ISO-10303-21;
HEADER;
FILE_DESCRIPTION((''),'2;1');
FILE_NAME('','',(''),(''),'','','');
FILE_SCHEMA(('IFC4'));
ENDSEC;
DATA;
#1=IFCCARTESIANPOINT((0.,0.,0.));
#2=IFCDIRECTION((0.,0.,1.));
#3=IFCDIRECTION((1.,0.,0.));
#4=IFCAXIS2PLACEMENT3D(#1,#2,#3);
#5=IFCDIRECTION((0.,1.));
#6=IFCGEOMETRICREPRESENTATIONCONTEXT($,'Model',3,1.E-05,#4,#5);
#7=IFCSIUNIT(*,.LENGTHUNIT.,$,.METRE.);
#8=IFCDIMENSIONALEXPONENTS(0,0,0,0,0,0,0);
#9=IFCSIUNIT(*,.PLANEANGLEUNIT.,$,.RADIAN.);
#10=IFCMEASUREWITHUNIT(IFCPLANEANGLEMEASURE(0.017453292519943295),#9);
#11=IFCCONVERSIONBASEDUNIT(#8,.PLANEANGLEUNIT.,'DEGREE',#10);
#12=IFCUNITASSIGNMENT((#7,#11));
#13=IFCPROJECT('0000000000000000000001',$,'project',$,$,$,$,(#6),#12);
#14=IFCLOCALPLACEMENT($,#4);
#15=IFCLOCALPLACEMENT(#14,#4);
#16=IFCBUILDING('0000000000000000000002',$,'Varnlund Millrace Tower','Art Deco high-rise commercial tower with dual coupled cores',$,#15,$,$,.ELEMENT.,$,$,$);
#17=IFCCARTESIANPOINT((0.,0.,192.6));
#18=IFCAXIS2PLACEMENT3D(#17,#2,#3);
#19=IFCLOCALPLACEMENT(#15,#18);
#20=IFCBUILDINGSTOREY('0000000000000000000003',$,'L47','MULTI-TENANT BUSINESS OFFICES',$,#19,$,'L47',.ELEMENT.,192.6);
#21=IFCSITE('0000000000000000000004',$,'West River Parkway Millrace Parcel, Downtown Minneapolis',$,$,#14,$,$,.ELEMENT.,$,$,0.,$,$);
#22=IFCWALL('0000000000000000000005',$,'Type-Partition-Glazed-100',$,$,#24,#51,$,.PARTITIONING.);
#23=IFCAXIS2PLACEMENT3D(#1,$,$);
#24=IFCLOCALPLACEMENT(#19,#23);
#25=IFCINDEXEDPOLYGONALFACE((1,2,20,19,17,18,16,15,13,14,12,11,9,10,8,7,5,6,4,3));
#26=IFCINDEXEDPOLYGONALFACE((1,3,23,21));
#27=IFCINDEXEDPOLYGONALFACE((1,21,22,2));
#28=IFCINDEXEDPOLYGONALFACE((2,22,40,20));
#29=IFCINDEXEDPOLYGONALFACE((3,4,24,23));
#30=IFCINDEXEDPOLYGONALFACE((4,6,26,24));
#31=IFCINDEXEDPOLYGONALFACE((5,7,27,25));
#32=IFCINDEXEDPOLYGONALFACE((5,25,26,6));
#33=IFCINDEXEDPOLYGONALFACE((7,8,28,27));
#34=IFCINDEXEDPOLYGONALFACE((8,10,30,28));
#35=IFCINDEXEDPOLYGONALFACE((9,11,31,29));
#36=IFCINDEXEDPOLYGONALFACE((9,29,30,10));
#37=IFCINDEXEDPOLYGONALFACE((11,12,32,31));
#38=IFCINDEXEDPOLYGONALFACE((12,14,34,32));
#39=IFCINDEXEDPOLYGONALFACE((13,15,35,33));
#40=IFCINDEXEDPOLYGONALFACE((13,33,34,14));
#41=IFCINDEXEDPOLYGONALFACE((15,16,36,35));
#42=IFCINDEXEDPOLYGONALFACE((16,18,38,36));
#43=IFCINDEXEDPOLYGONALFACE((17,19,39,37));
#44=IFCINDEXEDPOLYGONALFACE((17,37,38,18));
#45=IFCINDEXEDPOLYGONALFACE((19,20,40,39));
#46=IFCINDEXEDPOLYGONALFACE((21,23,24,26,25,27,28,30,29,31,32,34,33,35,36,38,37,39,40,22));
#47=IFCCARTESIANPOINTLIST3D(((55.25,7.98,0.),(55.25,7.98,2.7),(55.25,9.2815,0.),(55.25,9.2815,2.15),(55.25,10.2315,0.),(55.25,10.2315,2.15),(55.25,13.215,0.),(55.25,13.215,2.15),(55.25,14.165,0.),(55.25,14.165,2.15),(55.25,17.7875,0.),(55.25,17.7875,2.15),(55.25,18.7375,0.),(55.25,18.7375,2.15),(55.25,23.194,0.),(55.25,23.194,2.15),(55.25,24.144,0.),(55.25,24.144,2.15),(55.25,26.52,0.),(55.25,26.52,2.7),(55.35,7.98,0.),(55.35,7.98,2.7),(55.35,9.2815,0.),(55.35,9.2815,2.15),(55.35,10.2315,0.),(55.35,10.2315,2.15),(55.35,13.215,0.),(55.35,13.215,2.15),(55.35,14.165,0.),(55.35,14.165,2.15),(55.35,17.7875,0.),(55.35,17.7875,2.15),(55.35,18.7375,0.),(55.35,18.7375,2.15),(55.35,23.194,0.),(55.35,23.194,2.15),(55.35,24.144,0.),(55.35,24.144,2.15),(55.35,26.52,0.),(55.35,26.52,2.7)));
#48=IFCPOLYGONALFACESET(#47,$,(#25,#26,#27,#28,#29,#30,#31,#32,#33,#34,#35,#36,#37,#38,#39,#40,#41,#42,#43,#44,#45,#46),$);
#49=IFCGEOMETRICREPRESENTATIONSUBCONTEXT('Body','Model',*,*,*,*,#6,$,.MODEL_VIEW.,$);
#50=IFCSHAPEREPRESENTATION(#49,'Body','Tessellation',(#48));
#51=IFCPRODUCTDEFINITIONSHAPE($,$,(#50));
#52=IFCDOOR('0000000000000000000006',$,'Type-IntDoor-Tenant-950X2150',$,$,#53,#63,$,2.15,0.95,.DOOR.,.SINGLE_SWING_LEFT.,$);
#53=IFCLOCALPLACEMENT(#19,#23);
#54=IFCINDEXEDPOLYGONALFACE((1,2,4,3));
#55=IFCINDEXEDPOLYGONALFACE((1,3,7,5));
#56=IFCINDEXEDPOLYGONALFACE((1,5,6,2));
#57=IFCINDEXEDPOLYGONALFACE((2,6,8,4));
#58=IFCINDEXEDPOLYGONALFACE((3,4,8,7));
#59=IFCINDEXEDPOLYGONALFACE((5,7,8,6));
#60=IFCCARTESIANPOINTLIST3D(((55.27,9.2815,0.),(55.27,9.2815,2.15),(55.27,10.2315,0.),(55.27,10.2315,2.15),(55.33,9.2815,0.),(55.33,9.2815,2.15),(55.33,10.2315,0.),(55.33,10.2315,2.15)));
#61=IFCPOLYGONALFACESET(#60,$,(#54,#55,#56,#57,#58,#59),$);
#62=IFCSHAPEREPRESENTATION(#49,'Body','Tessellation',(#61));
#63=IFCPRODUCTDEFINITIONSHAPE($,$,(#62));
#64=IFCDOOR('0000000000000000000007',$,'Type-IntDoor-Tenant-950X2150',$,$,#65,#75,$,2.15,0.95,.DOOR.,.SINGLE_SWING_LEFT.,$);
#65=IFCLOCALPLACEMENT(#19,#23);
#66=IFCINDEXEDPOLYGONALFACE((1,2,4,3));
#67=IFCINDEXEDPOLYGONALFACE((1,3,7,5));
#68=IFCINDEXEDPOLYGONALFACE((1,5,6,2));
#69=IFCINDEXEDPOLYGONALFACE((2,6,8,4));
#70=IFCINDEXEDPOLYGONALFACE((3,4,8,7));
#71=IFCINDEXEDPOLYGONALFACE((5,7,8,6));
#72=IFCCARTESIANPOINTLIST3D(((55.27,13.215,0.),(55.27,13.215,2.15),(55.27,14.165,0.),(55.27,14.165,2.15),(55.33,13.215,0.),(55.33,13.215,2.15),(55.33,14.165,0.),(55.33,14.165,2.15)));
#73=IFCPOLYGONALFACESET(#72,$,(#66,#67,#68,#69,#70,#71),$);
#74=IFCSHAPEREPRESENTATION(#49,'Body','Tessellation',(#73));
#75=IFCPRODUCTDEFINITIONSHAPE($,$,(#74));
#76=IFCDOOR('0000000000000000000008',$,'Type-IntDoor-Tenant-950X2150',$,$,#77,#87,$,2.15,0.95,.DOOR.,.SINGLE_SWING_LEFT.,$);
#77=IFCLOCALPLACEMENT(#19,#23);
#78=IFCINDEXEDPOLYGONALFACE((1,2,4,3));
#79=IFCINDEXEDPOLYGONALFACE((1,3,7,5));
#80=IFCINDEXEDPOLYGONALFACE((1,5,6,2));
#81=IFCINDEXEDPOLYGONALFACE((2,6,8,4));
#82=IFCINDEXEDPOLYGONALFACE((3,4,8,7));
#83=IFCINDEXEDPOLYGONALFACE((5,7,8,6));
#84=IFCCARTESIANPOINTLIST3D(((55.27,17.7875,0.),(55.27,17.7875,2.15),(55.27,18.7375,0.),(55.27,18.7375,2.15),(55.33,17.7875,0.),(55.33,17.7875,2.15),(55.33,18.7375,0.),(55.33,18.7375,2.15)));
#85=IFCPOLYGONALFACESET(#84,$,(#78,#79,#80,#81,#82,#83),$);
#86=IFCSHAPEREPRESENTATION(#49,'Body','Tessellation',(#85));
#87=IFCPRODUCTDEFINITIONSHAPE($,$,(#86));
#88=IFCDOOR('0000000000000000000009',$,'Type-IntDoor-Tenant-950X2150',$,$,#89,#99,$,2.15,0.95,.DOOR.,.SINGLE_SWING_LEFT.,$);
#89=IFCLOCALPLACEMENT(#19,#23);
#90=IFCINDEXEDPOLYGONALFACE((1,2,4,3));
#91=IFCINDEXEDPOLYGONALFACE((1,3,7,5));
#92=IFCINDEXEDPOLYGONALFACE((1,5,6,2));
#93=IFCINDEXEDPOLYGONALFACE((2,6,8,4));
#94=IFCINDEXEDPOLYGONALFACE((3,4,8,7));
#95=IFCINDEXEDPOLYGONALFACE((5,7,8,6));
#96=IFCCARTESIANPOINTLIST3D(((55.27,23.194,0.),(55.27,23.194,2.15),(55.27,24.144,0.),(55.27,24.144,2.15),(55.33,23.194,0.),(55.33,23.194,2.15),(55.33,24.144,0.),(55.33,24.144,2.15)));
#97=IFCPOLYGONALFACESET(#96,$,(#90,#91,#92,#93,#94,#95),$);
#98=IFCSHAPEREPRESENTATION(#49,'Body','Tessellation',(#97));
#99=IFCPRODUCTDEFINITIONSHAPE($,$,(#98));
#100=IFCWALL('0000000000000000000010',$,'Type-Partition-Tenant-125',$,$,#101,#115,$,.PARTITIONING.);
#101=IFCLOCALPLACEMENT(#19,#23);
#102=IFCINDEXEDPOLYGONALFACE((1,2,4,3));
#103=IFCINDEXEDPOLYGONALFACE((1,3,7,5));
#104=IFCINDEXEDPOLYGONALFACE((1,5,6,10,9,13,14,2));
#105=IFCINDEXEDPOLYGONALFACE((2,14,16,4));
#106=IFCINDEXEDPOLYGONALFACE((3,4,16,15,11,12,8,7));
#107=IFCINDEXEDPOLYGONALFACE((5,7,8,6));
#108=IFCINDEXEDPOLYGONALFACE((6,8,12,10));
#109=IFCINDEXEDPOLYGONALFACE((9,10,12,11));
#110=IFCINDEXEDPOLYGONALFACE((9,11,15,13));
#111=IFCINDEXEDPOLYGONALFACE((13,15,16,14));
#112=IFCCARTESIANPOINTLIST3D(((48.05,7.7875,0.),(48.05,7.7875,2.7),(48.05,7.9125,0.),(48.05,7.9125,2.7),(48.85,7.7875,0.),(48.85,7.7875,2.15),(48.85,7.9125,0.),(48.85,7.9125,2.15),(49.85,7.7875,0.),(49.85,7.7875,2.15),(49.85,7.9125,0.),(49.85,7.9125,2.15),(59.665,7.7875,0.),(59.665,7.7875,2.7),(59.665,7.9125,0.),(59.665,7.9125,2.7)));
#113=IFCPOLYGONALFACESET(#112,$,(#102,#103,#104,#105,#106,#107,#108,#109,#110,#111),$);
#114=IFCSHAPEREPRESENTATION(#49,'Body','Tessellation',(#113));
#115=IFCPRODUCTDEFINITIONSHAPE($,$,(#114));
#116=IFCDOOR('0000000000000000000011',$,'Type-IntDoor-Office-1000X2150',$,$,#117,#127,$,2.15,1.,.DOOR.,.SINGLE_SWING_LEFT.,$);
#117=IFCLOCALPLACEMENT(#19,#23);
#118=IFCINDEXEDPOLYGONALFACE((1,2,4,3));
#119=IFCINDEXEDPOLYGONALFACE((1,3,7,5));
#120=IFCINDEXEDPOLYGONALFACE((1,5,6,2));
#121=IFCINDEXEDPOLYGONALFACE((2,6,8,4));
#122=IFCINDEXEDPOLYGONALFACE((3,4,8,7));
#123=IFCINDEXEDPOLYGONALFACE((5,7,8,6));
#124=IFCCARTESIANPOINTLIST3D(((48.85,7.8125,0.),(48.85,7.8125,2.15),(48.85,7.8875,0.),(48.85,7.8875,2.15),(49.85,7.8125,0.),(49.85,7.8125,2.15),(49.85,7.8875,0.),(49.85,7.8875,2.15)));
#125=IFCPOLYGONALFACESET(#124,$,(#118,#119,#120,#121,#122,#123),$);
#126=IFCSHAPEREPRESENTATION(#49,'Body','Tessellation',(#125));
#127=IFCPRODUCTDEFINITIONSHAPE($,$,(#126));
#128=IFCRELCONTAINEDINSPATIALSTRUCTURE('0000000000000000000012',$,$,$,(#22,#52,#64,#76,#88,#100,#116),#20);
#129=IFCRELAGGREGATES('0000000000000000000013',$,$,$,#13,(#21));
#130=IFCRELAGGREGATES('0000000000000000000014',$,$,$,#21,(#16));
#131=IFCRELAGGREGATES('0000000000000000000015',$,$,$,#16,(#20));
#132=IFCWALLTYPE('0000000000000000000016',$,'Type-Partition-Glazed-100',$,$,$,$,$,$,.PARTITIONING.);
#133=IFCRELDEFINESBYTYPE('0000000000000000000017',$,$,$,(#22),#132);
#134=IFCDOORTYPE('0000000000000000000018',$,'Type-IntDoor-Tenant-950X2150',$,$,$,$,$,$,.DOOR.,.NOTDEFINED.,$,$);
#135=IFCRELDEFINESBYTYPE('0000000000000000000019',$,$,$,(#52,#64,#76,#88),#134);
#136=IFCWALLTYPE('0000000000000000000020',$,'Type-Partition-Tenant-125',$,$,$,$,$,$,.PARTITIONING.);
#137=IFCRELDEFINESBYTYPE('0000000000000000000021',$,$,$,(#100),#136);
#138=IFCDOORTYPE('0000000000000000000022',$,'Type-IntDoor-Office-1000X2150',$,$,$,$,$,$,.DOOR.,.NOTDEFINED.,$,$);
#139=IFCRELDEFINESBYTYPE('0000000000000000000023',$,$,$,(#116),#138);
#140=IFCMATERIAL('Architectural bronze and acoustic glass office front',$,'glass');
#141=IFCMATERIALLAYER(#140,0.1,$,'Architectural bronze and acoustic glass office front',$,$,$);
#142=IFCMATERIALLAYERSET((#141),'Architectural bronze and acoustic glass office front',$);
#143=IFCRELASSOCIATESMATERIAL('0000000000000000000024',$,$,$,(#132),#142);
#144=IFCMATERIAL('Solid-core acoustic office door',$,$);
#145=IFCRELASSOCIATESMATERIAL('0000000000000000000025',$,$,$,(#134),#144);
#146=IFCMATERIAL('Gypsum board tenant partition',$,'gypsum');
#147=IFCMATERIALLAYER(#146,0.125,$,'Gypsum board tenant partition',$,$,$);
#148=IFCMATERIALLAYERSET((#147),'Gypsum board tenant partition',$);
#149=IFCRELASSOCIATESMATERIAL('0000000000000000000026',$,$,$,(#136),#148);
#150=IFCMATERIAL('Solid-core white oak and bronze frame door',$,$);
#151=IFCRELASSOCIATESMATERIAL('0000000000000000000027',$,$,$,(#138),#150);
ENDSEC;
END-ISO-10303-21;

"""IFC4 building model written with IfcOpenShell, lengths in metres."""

from ifc_helpers import new_model, entity, si_unit, converted_unit, direction, frame, origin_with_axes, origin_2d_with_axis, place, context, subcontext, project, spatial, polyline, rectangle, outline, extrude, material, layer, layer_set, type_object, element, fill, save


model = new_model("IFC4")

# Units and contexts
model_context = context("Model", 3, precision=1e-05, world=origin_with_axes(), true_north=direction((0.0, 1.0)))
body_context = subcontext(model_context, "Body", "Model", "MODEL_VIEW")
ifc_project = project(units=[si_unit("LENGTHUNIT", "METRE"), converted_unit("PLANEANGLEUNIT", "DEGREE", entity("IfcPlaneAngleMeasure", 0.017453292519943295), si_unit("PLANEANGLEUNIT", "RADIAN"), dimensions=[0, 0, 0, 0, 0, 0, 0])], contexts=[model_context])

# Site, building, storey
site_placement = place(None, origin_with_axes())
site = spatial("IfcSite", under=ifc_project, at=site_placement, Name="West River Parkway Millrace Parcel, Downtown Minneapolis", CompositionType="ELEMENT", RefElevation=0.0)
building_placement = place(site_placement, origin_with_axes())
building = spatial("IfcBuilding", under=site, at=building_placement, Name="Varnlund Millrace Tower", Description="Art Deco high-rise commercial tower with dual coupled cores", CompositionType="ELEMENT")
storey_placement = place(building_placement, frame((0.0, 0.0, 192.6), z_axis=(0.0, 0.0, 1.0), x_axis=(1.0, 0.0, 0.0)))
storey = spatial("IfcBuildingStorey", under=building, at=storey_placement, Name="L47", Description="MULTI-TENANT BUSINESS OFFICES", LongName="L47", CompositionType="ELEMENT", Elevation=192.6)

# Wall, openings, doors
ifc_material_1 = material(Name="Architectural bronze and acoustic glass office front", Category="glass")
ifc_layer_1 = layer(ifc_material_1, 0.1, Name="Architectural bronze and acoustic glass office front")
ifc_layer_set_1 = layer_set([ifc_layer_1], Name="Architectural bronze and acoustic glass office front")
wall_type_1 = type_object("IfcWallType", Name="Type-Partition-Glazed-100", PredefinedType="PARTITIONING", material=ifc_layer_set_1)
wall_1_placement = place(storey_placement, frame((55.3, 7.98, 0.0), z_axis=(0.0, 0.0, 1.0), x_axis=(0.0, 1.0, 0.0)))
wall_1 = element("IfcWall", 1, at=wall_1_placement, inside=storey, type_object=wall_type_1, Name="Type-Partition-Glazed-100", PredefinedType="PARTITIONING", context=body_context, shape_type="SweptSolid", body=[
    extrude(outline(polyline([(0.0, -0.05), (18.54, -0.05), (18.54, 0.05), (0.0, 0.05), (0.0, -0.05)])), origin_with_axes(), (0.0, 0.0, 1.0), 2.7),
])
opening_1_placement = place(wall_1_placement, frame((1.7765, 0.0, 0.0), z_axis=(0.0, 0.0, 1.0), x_axis=(1.0, 0.0, 0.0)))
opening_1 = element("IfcOpeningElement", 2, at=opening_1_placement, cuts=wall_1, PredefinedType="OPENING", context=body_context, shape_type="SweptSolid", body=[
    extrude(rectangle(XDim=0.95, YDim=0.12, at=origin_2d_with_axis()), origin_with_axes(), (0.0, 0.0, 1.0), 2.15),
])
opening_2_placement = place(wall_1_placement, frame((5.71, 0.0, 0.0), z_axis=(0.0, 0.0, 1.0), x_axis=(1.0, 0.0, 0.0)))
opening_2 = element("IfcOpeningElement", 3, at=opening_2_placement, cuts=wall_1, PredefinedType="OPENING", context=body_context, shape_type="SweptSolid", body=[
    extrude(rectangle(XDim=0.95, YDim=0.12, at=origin_2d_with_axis()), origin_with_axes(), (0.0, 0.0, 1.0), 2.15),
])
opening_3_placement = place(wall_1_placement, frame((10.2825, 0.0, 0.0), z_axis=(0.0, 0.0, 1.0), x_axis=(1.0, 0.0, 0.0)))
opening_3 = element("IfcOpeningElement", 4, at=opening_3_placement, cuts=wall_1, PredefinedType="OPENING", context=body_context, shape_type="SweptSolid", body=[
    extrude(rectangle(XDim=0.95, YDim=0.12, at=origin_2d_with_axis()), origin_with_axes(), (0.0, 0.0, 1.0), 2.15),
])
opening_4_placement = place(wall_1_placement, frame((15.689, 0.0, 0.0), z_axis=(0.0, 0.0, 1.0), x_axis=(1.0, 0.0, 0.0)))
opening_4 = element("IfcOpeningElement", 5, at=opening_4_placement, cuts=wall_1, PredefinedType="OPENING", context=body_context, shape_type="SweptSolid", body=[
    extrude(rectangle(XDim=0.95, YDim=0.12, at=origin_2d_with_axis()), origin_with_axes(), (0.0, 0.0, 1.0), 2.15),
])
ifc_material_2 = material(Name="Solid-core acoustic office door")
door_type_1 = type_object("IfcDoorType", Name="Type-IntDoor-Tenant-950X2150", OperationType="NOTDEFINED", PredefinedType="DOOR", material=ifc_material_2)
door_1_placement = place(wall_1_placement, frame((1.7765, 0.0, 0.0), z_axis=(0.0, 0.0, 1.0), x_axis=(1.0, 0.0, 0.0)))
door_1 = element("IfcDoor", 6, at=door_1_placement, inside=storey, type_object=door_type_1, Name="Type-IntDoor-Tenant-950X2150", OperationType="SINGLE_SWING_LEFT", OverallHeight=2.15, OverallWidth=0.95, PredefinedType="DOOR", context=body_context, shape_type="SweptSolid", body=[
    extrude(rectangle(XDim=0.95, YDim=0.06, at=origin_2d_with_axis()), origin_with_axes(), (0.0, 0.0, 1.0), 2.15),
])
fill(opening_1, door_1)
door_2_placement = place(wall_1_placement, frame((5.71, 0.0, 0.0), z_axis=(0.0, 0.0, 1.0), x_axis=(1.0, 0.0, 0.0)))
door_2 = element("IfcDoor", 7, at=door_2_placement, inside=storey, type_object=door_type_1, Name="Type-IntDoor-Tenant-950X2150", OperationType="SINGLE_SWING_LEFT", OverallHeight=2.15, OverallWidth=0.95, PredefinedType="DOOR", context=body_context, shape_type="SweptSolid", body=[
    extrude(rectangle(XDim=0.95, YDim=0.06, at=origin_2d_with_axis()), origin_with_axes(), (0.0, 0.0, 1.0), 2.15),
])
fill(opening_2, door_2)
door_3_placement = place(wall_1_placement, frame((10.2825, 0.0, 0.0), z_axis=(0.0, 0.0, 1.0), x_axis=(1.0, 0.0, 0.0)))
door_3 = element("IfcDoor", 8, at=door_3_placement, inside=storey, type_object=door_type_1, Name="Type-IntDoor-Tenant-950X2150", OperationType="SINGLE_SWING_LEFT", OverallHeight=2.15, OverallWidth=0.95, PredefinedType="DOOR", context=body_context, shape_type="SweptSolid", body=[
    extrude(rectangle(XDim=0.95, YDim=0.06, at=origin_2d_with_axis()), origin_with_axes(), (0.0, 0.0, 1.0), 2.15),
])
fill(opening_3, door_3)
door_4_placement = place(wall_1_placement, frame((15.689, 0.0, 0.0), z_axis=(0.0, 0.0, 1.0), x_axis=(1.0, 0.0, 0.0)))
door_4 = element("IfcDoor", 9, at=door_4_placement, inside=storey, type_object=door_type_1, Name="Type-IntDoor-Tenant-950X2150", OperationType="SINGLE_SWING_LEFT", OverallHeight=2.15, OverallWidth=0.95, PredefinedType="DOOR", context=body_context, shape_type="SweptSolid", body=[
    extrude(rectangle(XDim=0.95, YDim=0.06, at=origin_2d_with_axis()), origin_with_axes(), (0.0, 0.0, 1.0), 2.15),
])
fill(opening_4, door_4)

# Wall, opening, door
ifc_material_3 = material(Name="Gypsum board tenant partition", Category="gypsum")
ifc_layer_2 = layer(ifc_material_3, 0.125, Name="Gypsum board tenant partition")
ifc_layer_set_2 = layer_set([ifc_layer_2], Name="Gypsum board tenant partition")
wall_type_2 = type_object("IfcWallType", Name="Type-Partition-Tenant-125", PredefinedType="PARTITIONING", material=ifc_layer_set_2)
wall_2_placement = place(storey_placement, frame((59.665, 7.85, 0.0), z_axis=(0.0, 0.0, 1.0), x_axis=(-1.0, 0.0, 0.0)))
wall_2 = element("IfcWall", 10, at=wall_2_placement, inside=storey, type_object=wall_type_2, Name="Type-Partition-Tenant-125", PredefinedType="PARTITIONING", context=body_context, shape_type="SweptSolid", body=[
    extrude(outline(polyline([(0.0, -0.0625), (11.615, -0.0625), (11.615, 0.0625), (0.0, 0.0625), (0.0, -0.0625)])), origin_with_axes(), (0.0, 0.0, 1.0), 2.7),
])
opening_5_placement = place(wall_2_placement, frame((10.315, 0.0, 0.0), z_axis=(0.0, 0.0, 1.0), x_axis=(1.0, 0.0, 0.0)))
opening_5 = element("IfcOpeningElement", 11, at=opening_5_placement, cuts=wall_2, PredefinedType="OPENING", context=body_context, shape_type="SweptSolid", body=[
    extrude(rectangle(XDim=1.0, YDim=0.145, at=origin_2d_with_axis()), origin_with_axes(), (0.0, 0.0, 1.0), 2.15),
])
ifc_material_4 = material(Name="Solid-core white oak and bronze frame door")
door_type_2 = type_object("IfcDoorType", Name="Type-IntDoor-Office-1000X2150", OperationType="NOTDEFINED", PredefinedType="DOOR", material=ifc_material_4)
door_5_placement = place(wall_2_placement, frame((10.315, 0.0, 0.0), z_axis=(0.0, 0.0, 1.0), x_axis=(1.0, 0.0, 0.0)))
door_5 = element("IfcDoor", 12, at=door_5_placement, inside=storey, type_object=door_type_2, Name="Type-IntDoor-Office-1000X2150", OperationType="SINGLE_SWING_LEFT", OverallHeight=2.15, OverallWidth=1.0, PredefinedType="DOOR", context=body_context, shape_type="SweptSolid", body=[
    extrude(rectangle(XDim=1.0, YDim=0.075, at=origin_2d_with_axis()), origin_with_axes(), (0.0, 0.0, 1.0), 2.15),
])
fill(opening_5, door_5)

save(model, "model.ifc")
